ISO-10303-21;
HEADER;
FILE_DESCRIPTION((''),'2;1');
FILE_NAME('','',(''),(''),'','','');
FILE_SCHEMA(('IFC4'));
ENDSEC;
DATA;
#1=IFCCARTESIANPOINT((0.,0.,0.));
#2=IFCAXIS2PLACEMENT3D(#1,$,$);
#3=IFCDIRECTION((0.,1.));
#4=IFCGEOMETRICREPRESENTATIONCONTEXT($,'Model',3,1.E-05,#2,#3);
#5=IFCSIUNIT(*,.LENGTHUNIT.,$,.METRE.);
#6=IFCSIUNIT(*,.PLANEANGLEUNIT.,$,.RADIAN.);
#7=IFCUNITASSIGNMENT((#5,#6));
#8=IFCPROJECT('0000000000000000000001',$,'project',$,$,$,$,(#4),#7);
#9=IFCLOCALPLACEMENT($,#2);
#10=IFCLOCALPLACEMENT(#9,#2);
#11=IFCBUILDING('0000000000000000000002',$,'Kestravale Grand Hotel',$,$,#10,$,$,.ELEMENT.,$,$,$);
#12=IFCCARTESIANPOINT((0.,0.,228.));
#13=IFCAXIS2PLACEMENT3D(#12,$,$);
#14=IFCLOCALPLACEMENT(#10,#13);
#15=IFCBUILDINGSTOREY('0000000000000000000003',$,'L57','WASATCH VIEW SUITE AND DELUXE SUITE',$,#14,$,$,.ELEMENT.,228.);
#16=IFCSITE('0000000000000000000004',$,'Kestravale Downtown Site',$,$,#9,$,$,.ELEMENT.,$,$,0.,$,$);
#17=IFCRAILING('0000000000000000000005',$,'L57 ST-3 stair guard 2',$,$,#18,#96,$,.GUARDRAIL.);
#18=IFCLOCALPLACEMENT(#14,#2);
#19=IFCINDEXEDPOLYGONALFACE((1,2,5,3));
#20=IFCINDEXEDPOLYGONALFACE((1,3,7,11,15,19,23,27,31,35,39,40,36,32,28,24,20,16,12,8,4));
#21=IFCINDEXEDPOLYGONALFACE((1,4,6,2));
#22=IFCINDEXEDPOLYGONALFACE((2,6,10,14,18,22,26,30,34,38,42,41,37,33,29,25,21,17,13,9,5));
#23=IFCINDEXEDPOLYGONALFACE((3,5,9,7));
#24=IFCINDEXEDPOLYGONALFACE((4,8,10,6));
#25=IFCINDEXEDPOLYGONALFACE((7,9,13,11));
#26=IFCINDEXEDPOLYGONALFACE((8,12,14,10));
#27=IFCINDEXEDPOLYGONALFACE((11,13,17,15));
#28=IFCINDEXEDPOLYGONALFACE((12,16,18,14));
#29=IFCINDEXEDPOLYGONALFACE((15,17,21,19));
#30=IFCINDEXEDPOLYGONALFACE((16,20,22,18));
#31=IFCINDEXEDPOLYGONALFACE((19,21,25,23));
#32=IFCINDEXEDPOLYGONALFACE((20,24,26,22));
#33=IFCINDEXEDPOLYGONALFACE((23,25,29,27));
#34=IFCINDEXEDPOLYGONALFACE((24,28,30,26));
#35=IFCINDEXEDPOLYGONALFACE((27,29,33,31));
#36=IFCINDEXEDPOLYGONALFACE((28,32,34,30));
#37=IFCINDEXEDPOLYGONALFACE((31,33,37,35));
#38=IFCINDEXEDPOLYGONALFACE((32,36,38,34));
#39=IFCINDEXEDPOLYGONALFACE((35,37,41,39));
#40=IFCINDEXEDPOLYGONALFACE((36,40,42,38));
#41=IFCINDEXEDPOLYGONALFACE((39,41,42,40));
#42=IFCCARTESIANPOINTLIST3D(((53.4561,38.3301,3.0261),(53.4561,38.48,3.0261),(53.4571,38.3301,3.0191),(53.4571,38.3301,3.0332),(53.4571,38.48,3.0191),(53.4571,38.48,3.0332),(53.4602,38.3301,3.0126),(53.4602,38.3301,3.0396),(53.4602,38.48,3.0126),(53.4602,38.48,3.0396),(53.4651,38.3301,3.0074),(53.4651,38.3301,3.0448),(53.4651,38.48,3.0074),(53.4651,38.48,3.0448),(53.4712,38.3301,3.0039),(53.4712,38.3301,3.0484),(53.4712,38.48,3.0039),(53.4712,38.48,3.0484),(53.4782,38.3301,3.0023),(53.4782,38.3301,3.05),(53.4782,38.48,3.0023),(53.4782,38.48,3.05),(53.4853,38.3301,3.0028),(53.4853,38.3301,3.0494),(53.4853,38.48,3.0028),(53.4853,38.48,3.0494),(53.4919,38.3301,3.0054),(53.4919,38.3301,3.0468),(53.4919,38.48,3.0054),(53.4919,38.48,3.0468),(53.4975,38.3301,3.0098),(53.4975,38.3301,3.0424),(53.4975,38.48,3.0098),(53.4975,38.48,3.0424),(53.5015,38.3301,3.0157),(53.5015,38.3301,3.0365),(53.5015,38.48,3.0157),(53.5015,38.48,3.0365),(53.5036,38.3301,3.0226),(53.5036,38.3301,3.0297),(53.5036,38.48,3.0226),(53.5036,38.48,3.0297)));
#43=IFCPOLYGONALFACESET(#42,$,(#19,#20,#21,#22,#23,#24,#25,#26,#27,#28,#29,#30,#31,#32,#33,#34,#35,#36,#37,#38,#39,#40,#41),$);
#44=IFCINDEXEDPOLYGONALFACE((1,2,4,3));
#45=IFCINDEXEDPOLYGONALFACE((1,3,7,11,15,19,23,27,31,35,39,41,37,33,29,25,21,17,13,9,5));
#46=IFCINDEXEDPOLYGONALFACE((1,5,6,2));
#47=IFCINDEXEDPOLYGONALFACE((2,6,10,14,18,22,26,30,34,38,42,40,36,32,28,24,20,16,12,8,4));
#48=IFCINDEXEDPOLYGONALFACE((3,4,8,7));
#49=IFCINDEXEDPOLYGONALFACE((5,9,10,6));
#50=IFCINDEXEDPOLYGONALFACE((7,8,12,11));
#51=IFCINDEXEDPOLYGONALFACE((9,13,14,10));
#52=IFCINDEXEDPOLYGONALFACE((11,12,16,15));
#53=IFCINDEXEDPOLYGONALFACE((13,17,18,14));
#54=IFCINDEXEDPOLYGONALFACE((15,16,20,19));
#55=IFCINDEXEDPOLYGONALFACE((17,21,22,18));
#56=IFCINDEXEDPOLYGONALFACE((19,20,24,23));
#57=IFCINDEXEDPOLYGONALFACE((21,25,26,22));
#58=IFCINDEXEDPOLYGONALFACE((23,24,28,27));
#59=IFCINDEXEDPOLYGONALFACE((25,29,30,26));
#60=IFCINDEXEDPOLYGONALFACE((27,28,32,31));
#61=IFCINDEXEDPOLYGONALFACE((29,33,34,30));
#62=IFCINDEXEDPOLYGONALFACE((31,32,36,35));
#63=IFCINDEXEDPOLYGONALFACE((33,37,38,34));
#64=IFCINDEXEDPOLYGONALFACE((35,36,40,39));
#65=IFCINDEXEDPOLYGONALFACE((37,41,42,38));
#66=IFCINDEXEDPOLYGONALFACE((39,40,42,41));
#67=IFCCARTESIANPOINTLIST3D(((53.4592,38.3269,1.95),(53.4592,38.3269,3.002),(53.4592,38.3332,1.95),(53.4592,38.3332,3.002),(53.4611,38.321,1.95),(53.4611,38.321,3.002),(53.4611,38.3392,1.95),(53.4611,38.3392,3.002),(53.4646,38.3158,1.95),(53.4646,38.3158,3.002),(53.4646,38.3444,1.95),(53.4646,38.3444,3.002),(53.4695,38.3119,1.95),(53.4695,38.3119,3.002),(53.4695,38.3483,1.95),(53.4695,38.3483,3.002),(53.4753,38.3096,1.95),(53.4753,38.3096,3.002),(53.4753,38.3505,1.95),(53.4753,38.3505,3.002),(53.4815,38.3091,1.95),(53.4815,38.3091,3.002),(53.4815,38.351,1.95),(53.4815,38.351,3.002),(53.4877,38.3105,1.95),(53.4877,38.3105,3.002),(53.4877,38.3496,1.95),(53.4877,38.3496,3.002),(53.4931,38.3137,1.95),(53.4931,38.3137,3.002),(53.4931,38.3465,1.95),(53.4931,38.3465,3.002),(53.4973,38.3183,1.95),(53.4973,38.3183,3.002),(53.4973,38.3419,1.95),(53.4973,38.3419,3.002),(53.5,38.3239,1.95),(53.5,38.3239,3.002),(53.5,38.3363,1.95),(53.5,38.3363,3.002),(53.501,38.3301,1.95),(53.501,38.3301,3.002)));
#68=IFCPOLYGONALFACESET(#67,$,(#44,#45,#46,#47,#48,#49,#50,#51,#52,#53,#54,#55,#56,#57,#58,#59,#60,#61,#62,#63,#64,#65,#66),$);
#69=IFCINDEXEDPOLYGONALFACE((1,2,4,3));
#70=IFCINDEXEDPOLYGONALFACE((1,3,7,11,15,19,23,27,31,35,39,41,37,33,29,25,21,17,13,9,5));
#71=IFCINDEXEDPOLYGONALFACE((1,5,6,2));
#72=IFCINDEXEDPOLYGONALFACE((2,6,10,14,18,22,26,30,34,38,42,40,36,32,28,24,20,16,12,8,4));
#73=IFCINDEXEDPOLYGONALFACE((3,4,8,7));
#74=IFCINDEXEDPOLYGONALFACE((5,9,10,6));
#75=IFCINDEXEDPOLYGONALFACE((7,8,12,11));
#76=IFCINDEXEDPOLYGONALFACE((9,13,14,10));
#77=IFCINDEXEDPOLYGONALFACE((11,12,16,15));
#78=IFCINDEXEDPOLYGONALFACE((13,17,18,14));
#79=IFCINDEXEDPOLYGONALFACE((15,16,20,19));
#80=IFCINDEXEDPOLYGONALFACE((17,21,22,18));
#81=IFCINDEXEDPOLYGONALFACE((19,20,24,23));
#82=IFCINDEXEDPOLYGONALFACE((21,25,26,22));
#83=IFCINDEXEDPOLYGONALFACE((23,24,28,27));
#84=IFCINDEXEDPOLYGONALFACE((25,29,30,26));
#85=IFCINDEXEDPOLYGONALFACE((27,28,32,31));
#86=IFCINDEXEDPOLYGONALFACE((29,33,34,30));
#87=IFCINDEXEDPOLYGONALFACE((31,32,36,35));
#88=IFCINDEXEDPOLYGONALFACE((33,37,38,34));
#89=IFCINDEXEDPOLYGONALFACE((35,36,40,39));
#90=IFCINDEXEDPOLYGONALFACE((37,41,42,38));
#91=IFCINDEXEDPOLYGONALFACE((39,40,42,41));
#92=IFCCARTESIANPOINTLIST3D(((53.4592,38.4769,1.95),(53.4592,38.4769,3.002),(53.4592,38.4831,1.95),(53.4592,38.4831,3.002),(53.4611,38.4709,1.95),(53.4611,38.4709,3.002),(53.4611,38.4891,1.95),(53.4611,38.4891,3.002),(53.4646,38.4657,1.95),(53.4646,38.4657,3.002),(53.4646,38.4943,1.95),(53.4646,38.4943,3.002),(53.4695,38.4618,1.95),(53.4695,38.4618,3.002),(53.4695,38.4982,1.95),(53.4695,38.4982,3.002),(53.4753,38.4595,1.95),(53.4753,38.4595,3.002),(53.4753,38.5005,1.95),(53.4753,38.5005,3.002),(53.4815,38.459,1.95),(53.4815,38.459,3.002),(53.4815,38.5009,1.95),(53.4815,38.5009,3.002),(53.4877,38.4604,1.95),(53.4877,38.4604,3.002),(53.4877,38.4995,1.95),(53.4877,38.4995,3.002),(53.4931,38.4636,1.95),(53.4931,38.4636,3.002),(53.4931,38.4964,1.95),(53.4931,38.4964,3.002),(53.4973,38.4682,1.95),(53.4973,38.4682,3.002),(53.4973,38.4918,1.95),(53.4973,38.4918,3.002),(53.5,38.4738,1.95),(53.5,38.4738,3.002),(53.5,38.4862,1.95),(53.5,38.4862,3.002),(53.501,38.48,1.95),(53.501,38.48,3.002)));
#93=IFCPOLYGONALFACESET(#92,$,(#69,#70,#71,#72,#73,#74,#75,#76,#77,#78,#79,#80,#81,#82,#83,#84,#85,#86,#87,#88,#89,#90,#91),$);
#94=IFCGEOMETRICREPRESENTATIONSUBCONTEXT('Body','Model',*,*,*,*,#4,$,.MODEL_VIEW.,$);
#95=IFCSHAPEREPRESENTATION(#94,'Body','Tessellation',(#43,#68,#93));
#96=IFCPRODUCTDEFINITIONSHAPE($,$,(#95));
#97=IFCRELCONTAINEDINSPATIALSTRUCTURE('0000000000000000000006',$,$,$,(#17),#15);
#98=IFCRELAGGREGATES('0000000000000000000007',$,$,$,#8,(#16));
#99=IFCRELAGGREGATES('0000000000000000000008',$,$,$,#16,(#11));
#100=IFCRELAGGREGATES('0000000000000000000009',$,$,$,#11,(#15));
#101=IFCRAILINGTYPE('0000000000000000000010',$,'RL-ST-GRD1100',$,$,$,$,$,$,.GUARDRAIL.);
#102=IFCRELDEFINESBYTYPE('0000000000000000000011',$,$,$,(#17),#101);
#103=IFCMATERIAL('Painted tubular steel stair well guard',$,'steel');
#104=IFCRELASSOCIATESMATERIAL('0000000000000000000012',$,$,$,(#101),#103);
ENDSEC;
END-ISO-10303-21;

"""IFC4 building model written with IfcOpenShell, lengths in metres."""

from ifc_helpers import new_model, si_unit, direction, frame, origin, origin_2d, place, context, subcontext, project, spatial, circle, extrude, material, type_object, element, save


model = new_model("IFC4")

# Units and contexts
model_context = context("Model", 3, precision=1e-05, world=origin(), true_north=direction((0.0, 1.0)))
body_context = subcontext(model_context, "Body", "Model", "MODEL_VIEW")
ifc_project = project(units=[si_unit("LENGTHUNIT", "METRE"), si_unit("PLANEANGLEUNIT", "RADIAN")], contexts=[model_context])

# Site, building, storey
site_placement = place(None, origin())
site = spatial("IfcSite", under=ifc_project, at=site_placement, Name="Kestravale Downtown Site", CompositionType="ELEMENT", RefElevation=0.0)
building_placement = place(site_placement, origin())
building = spatial("IfcBuilding", under=site, at=building_placement, Name="Kestravale Grand Hotel", CompositionType="ELEMENT")
storey_placement = place(building_placement, frame((0.0, 0.0, 228.0)))
storey = spatial("IfcBuildingStorey", under=building, at=storey_placement, Name="L57", Description="WASATCH VIEW SUITE AND DELUXE SUITE", CompositionType="ELEMENT", Elevation=228.0)

# Railing
ifc_material_1 = material(Name="Painted tubular steel stair well guard", Category="steel")
railing_type_1 = type_object("IfcRailingType", Name="RL-ST-GRD1100", PredefinedType="GUARDRAIL", material=ifc_material_1)
railing_1_placement = place(storey_placement, frame((53.48, 38.3301, 1.95)))
element("IfcRailing", 1, at=railing_1_placement, inside=storey, type_object=railing_type_1, Name="L57 ST-3 stair guard 2", PredefinedType="GUARDRAIL", context=body_context, shape_type="SweptSolid", body=[
    extrude(circle(Radius=0.0239, at=origin_2d()), frame((0.0, 0.0, 1.0762), z_axis=(0.0, 1.0, 0.0), x_axis=(-1.0, 0.0, 0.0)), (0.0, 0.0, 1.0), 0.1499),
    extrude(circle(Radius=0.021, at=origin_2d()), origin(), (0.0, 0.0, 1.0), 1.052),
    extrude(circle(Radius=0.021, at=origin_2d()), frame((0.0, 0.1499, 0.0)), (0.0, 0.0, 1.0), 1.052),
])

save(model, "model.ifc")
